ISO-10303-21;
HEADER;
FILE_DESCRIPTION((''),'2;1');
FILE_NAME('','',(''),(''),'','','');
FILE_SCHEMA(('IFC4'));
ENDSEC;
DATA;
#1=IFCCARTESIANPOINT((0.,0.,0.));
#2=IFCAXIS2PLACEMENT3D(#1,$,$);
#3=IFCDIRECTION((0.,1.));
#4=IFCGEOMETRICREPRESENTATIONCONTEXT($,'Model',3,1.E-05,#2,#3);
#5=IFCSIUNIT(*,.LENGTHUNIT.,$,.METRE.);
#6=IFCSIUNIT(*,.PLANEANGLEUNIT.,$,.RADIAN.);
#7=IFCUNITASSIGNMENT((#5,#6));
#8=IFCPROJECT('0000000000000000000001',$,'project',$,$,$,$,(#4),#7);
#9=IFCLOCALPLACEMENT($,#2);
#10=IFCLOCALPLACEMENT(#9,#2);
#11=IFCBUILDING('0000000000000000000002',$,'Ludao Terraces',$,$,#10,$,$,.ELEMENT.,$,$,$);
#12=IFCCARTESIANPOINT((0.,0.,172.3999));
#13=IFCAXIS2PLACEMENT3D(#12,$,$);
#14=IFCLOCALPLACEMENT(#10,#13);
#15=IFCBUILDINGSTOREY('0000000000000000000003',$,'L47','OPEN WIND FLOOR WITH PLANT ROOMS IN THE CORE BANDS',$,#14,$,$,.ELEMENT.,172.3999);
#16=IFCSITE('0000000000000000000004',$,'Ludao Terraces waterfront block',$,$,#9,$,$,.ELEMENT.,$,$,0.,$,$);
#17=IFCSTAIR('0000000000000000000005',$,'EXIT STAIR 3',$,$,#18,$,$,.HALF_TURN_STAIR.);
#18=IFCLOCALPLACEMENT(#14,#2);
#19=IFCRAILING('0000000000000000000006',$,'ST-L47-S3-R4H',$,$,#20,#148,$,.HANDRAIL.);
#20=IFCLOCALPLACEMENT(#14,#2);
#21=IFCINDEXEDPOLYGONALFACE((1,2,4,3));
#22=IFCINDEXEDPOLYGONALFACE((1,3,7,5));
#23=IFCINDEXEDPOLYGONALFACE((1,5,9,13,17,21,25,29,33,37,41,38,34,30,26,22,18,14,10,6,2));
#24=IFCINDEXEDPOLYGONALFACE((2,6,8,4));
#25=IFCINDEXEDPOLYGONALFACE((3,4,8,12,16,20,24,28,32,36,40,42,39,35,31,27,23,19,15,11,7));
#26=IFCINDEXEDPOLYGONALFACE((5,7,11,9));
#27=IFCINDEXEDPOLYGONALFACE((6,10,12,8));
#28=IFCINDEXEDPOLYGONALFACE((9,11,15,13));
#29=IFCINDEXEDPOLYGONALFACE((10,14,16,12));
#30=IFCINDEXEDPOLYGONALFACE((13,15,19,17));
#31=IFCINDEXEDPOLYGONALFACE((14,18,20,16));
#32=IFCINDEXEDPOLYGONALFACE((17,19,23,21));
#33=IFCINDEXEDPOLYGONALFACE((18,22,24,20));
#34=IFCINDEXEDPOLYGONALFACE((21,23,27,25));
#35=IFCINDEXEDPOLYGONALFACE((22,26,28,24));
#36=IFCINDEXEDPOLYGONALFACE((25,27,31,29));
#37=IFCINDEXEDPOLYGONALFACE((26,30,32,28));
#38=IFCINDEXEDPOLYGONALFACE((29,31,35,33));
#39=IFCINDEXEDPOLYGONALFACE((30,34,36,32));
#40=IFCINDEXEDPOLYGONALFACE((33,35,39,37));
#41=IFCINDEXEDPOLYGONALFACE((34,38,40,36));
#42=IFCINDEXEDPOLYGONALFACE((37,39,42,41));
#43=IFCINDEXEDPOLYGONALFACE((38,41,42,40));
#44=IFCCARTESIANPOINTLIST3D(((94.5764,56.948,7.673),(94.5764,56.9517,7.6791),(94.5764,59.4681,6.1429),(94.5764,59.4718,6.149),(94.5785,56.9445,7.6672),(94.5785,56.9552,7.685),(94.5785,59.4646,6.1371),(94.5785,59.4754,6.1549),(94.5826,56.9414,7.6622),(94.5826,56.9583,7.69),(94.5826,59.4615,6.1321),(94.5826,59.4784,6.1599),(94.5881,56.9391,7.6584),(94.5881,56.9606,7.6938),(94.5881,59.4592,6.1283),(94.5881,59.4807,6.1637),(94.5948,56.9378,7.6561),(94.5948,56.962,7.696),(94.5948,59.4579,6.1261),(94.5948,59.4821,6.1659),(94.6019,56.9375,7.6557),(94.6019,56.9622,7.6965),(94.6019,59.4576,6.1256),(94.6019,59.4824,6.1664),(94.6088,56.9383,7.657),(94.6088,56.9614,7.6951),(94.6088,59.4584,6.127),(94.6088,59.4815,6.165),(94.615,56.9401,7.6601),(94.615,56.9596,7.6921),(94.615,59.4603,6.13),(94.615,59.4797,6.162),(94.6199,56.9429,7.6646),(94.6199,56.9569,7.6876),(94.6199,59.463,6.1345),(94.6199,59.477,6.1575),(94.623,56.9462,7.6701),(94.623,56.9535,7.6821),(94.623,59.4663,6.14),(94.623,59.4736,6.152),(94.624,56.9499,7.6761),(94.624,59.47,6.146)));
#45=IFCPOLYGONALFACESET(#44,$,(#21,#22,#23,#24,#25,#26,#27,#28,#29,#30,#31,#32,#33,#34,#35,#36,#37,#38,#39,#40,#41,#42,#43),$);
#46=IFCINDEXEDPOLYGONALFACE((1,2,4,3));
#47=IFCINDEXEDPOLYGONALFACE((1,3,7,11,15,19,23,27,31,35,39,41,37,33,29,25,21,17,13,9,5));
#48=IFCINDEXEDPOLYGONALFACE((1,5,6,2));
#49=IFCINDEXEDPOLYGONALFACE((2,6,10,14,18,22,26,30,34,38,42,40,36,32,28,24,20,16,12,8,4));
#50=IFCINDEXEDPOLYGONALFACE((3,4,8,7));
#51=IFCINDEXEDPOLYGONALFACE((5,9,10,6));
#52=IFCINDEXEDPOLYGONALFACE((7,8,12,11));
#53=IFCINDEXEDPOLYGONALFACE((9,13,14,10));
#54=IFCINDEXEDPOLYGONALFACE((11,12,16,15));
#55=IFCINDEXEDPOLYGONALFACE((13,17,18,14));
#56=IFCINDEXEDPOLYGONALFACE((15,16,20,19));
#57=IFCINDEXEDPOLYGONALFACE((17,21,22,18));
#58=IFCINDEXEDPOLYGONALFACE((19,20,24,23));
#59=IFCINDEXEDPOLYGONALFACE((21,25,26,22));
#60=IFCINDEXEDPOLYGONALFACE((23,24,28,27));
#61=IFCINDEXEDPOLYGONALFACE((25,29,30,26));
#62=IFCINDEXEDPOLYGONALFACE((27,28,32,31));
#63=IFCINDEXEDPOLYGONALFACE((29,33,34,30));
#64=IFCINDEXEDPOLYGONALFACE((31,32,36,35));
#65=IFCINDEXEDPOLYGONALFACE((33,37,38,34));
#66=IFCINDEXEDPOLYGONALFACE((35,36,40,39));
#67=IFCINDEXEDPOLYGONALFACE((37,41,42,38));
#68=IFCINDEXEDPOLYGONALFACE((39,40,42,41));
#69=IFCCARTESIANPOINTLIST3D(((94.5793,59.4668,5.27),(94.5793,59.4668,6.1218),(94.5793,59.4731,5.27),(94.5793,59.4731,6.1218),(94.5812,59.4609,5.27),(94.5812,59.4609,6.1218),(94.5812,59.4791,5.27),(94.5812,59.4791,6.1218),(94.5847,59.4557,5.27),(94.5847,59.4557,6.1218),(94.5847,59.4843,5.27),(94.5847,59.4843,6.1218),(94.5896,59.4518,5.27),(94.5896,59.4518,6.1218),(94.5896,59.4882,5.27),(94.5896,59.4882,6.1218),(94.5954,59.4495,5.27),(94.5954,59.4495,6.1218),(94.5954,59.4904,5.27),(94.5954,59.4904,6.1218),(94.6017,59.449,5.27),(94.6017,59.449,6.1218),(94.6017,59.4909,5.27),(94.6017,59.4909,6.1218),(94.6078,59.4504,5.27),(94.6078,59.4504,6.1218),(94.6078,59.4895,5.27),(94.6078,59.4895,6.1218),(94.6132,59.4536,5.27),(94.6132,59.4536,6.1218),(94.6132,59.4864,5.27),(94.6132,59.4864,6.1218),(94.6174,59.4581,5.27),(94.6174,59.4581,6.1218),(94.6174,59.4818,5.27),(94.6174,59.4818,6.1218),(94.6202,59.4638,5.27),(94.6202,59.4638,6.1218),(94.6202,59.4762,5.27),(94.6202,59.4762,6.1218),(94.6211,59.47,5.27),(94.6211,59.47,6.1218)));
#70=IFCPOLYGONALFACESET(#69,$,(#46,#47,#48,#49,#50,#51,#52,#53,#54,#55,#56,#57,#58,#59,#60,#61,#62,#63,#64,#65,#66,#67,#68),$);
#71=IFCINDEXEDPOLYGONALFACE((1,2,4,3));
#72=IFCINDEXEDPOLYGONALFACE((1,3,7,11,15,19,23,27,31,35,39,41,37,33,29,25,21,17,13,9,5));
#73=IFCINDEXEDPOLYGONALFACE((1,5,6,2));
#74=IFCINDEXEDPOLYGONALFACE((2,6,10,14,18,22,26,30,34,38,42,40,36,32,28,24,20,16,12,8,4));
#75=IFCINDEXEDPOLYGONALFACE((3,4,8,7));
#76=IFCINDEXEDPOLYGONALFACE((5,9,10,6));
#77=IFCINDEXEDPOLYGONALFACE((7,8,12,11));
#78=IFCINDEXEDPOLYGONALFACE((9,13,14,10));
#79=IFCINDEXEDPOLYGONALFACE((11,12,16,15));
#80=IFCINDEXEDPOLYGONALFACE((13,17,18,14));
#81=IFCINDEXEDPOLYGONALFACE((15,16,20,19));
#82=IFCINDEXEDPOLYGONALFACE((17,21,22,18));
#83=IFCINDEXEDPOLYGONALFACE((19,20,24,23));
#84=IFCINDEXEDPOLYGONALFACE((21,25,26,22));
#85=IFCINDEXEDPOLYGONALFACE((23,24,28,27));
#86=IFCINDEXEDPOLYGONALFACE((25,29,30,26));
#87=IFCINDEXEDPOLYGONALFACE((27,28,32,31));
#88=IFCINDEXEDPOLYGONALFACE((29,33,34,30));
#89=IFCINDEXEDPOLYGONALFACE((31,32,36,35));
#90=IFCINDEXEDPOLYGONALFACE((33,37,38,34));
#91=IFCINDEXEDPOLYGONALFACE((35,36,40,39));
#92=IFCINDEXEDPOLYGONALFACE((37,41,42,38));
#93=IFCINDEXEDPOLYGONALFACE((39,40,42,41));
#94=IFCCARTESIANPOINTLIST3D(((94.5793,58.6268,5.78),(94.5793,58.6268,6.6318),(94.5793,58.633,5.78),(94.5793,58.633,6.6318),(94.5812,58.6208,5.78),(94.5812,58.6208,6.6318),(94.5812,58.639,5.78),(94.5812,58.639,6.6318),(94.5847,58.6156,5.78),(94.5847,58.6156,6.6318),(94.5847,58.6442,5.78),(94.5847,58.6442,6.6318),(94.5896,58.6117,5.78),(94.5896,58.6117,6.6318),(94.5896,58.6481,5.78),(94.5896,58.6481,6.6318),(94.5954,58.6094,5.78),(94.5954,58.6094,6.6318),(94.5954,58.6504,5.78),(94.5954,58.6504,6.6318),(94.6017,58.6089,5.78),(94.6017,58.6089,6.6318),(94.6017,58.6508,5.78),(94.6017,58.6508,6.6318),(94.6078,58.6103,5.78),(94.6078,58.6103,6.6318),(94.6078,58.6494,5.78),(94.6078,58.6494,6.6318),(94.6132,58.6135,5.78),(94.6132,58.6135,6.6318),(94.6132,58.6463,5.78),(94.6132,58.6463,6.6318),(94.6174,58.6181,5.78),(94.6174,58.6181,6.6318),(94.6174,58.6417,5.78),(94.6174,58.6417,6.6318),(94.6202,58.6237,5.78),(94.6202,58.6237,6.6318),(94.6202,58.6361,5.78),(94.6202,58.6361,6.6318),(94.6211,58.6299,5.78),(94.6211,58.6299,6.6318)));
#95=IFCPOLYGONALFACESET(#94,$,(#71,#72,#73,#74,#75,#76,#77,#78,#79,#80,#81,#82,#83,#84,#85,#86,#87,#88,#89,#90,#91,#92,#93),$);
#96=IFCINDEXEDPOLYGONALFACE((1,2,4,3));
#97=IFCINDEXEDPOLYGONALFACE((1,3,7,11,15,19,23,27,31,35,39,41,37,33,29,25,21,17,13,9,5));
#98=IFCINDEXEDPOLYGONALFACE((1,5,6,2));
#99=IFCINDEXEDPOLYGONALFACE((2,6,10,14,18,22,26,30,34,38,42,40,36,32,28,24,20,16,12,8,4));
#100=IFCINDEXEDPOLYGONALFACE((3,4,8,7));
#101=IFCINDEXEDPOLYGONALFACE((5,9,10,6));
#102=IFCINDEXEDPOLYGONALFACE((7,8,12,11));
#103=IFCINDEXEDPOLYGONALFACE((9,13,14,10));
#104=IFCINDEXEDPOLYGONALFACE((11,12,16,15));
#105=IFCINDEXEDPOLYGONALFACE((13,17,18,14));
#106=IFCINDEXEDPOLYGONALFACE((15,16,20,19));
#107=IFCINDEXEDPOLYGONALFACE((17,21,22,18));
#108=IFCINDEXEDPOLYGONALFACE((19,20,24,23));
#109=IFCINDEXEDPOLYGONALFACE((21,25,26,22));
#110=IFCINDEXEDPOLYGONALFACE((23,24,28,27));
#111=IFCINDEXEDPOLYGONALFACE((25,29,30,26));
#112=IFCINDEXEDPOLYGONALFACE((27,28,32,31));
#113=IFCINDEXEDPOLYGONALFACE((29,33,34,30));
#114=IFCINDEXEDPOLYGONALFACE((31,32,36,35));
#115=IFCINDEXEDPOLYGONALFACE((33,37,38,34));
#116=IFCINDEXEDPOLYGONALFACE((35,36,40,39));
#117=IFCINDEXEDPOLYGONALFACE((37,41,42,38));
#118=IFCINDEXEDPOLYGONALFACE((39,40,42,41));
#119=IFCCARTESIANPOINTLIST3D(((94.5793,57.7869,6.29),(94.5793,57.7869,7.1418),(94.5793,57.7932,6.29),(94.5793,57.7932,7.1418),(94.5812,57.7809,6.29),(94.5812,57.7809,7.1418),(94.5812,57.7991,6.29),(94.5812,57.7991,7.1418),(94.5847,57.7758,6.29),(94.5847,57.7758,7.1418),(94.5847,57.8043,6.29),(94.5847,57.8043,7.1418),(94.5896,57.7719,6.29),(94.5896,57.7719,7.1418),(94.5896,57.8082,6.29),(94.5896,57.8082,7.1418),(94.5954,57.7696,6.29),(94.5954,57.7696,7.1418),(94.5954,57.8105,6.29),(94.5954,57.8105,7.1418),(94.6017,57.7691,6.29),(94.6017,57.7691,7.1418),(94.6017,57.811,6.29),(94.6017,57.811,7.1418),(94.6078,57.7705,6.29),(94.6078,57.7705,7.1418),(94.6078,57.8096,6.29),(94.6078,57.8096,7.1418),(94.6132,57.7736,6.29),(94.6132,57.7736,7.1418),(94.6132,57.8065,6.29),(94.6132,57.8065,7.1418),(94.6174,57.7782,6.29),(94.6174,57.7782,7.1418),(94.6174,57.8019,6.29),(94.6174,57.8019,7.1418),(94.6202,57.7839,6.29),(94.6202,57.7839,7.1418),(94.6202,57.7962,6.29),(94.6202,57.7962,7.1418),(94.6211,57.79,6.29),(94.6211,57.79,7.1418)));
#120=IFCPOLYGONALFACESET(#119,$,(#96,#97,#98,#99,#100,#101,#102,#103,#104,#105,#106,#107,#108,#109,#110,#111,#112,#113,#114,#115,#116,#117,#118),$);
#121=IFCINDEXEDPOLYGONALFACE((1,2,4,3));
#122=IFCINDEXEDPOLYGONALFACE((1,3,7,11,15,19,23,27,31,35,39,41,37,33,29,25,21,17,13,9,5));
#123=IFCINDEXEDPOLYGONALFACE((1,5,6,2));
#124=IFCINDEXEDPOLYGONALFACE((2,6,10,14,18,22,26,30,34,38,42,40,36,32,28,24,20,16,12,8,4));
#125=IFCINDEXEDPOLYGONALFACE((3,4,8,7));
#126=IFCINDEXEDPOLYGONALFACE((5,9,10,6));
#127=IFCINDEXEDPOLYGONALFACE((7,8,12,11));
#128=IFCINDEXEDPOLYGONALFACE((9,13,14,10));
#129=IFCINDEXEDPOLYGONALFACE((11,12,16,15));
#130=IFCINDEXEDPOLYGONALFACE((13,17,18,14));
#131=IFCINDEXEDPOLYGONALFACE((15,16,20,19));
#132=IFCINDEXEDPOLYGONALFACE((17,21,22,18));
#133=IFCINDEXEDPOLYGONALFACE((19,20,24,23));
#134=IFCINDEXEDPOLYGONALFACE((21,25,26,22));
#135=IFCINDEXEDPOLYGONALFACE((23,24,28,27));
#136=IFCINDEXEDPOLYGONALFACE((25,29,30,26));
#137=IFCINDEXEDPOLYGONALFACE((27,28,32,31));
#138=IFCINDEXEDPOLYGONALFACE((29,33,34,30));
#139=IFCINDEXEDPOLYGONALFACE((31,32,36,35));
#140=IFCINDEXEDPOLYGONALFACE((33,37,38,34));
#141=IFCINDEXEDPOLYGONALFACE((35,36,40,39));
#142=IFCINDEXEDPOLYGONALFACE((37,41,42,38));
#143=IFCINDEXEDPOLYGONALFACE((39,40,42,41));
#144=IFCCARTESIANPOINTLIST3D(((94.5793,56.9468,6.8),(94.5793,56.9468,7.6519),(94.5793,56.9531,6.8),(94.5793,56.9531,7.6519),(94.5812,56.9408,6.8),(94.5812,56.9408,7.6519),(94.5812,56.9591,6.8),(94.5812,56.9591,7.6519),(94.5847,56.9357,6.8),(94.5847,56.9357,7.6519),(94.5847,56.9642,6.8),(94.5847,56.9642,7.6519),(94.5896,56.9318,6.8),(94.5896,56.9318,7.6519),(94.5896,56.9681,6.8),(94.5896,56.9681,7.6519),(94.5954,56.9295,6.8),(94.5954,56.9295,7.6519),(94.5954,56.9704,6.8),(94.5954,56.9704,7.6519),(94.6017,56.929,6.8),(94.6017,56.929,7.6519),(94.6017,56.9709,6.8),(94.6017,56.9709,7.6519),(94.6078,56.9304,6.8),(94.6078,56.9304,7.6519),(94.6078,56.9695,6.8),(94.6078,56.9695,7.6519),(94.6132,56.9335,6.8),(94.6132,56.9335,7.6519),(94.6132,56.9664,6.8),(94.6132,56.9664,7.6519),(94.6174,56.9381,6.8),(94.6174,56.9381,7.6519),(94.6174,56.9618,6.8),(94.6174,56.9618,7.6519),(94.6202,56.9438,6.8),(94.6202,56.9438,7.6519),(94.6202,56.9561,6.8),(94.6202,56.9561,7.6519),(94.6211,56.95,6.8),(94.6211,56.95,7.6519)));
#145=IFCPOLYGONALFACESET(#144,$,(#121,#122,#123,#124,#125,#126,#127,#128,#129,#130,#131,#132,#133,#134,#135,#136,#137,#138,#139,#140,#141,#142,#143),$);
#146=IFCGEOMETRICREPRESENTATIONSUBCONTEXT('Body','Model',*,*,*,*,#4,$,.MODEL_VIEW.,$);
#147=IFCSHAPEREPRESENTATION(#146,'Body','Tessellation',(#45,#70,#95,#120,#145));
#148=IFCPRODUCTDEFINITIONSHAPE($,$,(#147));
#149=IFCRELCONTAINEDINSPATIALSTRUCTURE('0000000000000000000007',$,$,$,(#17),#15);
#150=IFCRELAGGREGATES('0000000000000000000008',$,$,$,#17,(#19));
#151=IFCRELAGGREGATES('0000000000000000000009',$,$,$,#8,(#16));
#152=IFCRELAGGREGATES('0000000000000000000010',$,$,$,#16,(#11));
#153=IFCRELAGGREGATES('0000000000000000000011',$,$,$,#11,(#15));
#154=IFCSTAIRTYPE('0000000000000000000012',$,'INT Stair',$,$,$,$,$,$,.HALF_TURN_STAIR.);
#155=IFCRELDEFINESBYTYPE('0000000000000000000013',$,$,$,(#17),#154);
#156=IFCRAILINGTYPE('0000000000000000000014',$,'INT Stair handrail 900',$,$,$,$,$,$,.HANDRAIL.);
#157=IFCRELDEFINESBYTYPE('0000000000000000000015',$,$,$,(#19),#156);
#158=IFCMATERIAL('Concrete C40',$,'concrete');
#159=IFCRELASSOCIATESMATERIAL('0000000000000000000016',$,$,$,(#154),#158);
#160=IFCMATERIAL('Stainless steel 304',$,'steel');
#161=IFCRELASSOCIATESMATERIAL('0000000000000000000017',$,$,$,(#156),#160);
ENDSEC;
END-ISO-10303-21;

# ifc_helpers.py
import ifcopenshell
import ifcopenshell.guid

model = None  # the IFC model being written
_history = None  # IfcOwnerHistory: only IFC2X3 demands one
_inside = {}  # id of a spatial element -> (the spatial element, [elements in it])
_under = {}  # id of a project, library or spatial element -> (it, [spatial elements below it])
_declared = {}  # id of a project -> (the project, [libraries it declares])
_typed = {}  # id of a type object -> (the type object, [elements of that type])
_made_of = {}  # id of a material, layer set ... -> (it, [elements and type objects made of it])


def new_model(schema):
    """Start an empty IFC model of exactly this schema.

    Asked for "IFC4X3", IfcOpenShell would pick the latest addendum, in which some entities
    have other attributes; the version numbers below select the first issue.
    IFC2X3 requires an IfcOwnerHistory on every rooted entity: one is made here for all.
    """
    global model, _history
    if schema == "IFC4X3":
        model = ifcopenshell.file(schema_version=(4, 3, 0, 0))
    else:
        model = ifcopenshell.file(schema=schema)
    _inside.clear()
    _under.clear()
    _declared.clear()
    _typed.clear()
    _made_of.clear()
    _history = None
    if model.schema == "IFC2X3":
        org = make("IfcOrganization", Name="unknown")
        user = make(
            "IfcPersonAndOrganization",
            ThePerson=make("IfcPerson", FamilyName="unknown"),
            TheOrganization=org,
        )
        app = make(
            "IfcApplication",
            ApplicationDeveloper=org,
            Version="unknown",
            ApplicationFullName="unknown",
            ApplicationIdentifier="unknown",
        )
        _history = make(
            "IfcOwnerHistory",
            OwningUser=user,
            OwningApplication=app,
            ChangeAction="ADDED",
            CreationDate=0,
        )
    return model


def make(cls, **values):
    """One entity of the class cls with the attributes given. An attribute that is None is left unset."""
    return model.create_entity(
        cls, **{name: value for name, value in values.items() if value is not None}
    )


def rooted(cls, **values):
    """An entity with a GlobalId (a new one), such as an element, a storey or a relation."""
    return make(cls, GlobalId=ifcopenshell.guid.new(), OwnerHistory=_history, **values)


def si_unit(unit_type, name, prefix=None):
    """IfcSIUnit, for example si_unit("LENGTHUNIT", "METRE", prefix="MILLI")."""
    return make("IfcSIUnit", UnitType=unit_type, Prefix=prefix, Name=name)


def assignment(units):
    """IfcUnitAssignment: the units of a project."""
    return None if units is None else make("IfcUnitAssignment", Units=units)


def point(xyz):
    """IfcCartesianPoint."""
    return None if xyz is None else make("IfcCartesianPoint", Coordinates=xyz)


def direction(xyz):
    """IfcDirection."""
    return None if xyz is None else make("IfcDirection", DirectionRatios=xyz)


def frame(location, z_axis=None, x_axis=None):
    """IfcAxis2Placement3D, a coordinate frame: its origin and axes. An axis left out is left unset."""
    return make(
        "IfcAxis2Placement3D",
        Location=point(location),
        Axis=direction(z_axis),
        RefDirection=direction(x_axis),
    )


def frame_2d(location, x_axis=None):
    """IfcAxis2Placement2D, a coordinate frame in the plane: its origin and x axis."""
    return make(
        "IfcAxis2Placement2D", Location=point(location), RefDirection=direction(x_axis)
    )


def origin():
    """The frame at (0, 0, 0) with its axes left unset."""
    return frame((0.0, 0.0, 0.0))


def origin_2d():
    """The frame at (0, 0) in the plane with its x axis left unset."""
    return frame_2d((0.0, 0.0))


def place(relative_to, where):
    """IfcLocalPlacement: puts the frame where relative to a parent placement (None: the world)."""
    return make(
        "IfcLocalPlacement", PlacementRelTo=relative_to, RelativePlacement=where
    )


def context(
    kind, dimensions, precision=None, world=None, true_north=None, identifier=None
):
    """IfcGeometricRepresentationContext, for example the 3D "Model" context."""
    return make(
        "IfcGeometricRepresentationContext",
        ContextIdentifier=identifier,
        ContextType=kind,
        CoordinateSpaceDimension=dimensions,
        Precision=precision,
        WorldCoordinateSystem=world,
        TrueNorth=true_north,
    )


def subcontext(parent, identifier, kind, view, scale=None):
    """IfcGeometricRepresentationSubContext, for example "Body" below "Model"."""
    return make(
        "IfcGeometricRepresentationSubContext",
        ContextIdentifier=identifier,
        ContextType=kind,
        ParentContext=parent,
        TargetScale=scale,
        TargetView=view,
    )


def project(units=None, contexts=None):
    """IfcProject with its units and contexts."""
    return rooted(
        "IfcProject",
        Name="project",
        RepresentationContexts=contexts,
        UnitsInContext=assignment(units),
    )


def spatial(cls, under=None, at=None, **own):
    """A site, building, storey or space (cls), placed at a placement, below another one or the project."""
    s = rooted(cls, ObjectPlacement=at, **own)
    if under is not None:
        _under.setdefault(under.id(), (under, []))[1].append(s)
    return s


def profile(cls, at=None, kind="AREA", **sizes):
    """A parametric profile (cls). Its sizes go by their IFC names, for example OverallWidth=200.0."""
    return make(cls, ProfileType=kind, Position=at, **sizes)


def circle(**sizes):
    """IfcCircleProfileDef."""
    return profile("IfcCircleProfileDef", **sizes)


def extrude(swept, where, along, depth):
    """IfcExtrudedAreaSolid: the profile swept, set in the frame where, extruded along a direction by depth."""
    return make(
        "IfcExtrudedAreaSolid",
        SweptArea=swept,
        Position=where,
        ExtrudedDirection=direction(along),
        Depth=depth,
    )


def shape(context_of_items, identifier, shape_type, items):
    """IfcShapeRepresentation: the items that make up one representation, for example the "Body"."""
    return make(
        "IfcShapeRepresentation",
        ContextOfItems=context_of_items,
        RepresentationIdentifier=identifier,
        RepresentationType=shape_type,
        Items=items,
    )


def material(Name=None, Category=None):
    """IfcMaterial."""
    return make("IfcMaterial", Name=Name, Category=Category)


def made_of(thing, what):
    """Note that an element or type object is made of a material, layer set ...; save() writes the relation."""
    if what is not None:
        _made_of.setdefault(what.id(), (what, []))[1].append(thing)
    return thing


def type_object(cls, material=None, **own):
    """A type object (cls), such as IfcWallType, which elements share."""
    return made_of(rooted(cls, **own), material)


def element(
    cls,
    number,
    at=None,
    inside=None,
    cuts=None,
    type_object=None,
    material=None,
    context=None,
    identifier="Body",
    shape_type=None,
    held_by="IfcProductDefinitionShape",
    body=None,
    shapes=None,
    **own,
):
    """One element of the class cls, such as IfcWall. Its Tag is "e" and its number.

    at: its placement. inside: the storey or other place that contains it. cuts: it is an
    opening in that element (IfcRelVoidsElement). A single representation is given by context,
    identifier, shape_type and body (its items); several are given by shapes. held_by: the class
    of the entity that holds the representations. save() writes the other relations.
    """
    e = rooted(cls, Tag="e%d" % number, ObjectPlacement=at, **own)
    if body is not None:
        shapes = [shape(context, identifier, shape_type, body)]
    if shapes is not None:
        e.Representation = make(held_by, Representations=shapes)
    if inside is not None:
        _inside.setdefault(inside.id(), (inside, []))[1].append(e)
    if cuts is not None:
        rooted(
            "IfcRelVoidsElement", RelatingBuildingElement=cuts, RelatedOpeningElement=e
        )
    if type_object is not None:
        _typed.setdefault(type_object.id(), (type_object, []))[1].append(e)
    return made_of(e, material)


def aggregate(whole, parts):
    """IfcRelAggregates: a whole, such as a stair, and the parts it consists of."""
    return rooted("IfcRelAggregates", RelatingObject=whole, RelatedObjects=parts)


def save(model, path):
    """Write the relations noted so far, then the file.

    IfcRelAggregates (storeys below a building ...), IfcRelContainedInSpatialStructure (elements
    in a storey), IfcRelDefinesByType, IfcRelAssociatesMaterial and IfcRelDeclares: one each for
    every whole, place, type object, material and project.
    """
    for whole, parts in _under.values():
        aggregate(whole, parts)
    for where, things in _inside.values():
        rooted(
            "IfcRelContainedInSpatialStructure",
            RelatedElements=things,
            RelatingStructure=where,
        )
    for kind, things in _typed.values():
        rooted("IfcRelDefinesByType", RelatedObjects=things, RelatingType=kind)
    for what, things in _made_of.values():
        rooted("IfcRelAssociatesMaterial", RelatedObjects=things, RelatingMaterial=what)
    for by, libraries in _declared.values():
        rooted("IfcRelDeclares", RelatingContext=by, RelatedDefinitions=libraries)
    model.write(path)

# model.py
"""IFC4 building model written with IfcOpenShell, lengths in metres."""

from ifc_helpers import new_model, si_unit, direction, frame, origin, origin_2d, place, context, subcontext, project, spatial, circle, extrude, material, type_object, element, aggregate, save


model = new_model("IFC4")

# Units and contexts
model_context = context("Model", 3, precision=1e-05, world=origin(), true_north=direction((0.0, 1.0)))
body_context = subcontext(model_context, "Body", "Model", "MODEL_VIEW")
ifc_project = project(units=[si_unit("LENGTHUNIT", "METRE"), si_unit("PLANEANGLEUNIT", "RADIAN")], contexts=[model_context])

# Site, building, storey
site_placement = place(None, origin())
site = spatial("IfcSite", under=ifc_project, at=site_placement, Name="Ludao Terraces waterfront block", CompositionType="ELEMENT", RefElevation=0.0)
building_placement = place(site_placement, origin())
building = spatial("IfcBuilding", under=site, at=building_placement, Name="Ludao Terraces", CompositionType="ELEMENT")
storey_placement = place(building_placement, frame((0.0, 0.0, 172.3999)))
storey = spatial("IfcBuildingStorey", under=building, at=storey_placement, Name="L47", Description="OPEN WIND FLOOR WITH PLANT ROOMS IN THE CORE BANDS", CompositionType="ELEMENT", Elevation=172.3999)

# Stair, railing
ifc_material_1 = material(Name="Concrete C40", Category="concrete")
stair_type = type_object("IfcStairType", Name="INT Stair", PredefinedType="HALF_TURN_STAIR", material=ifc_material_1)
stair_placement = place(storey_placement, origin())
stair = element("IfcStair", 1, at=stair_placement, inside=storey, type_object=stair_type, Name="EXIT STAIR 3", PredefinedType="HALF_TURN_STAIR")
ifc_material_2 = material(Name="Stainless steel 304", Category="steel")
railing_type_1 = type_object("IfcRailingType", Name="INT Stair handrail 900", PredefinedType="HANDRAIL", material=ifc_material_2)
railing_1_placement = place(storey_placement, frame((94.6001, 59.47, 5.27)))
railing_1 = element("IfcRailing", 2, at=railing_1_placement, type_object=railing_type_1, Name="ST-L47-S3-R4H", PredefinedType="HANDRAIL", context=body_context, shape_type="SweptSolid", body=[
    extrude(circle(Radius=0.0239, at=origin_2d()), frame((0.0, 0.0, 0.876), z_axis=(0.0, -0.854785, 0.518982), x_axis=(1.0, 0.0, 0.0)), (0.0, 0.0, 1.0), 2.9482),
    extrude(circle(Radius=0.021, at=origin_2d()), origin(), (0.0, 0.0, 1.0), 0.8518),
    extrude(circle(Radius=0.021, at=origin_2d()), frame((0.0, -0.8401, 0.51)), (0.0, 0.0, 1.0), 0.8518),
    extrude(circle(Radius=0.021, at=origin_2d()), frame((0.0, -1.6799, 1.02)), (0.0, 0.0, 1.0), 0.8518),
    extrude(circle(Radius=0.021, at=origin_2d()), frame((0.0, -2.52, 1.53)), (0.0, 0.0, 1.0), 0.8518),
])
aggregate(stair, [railing_1])

save(model, "model.ifc")
